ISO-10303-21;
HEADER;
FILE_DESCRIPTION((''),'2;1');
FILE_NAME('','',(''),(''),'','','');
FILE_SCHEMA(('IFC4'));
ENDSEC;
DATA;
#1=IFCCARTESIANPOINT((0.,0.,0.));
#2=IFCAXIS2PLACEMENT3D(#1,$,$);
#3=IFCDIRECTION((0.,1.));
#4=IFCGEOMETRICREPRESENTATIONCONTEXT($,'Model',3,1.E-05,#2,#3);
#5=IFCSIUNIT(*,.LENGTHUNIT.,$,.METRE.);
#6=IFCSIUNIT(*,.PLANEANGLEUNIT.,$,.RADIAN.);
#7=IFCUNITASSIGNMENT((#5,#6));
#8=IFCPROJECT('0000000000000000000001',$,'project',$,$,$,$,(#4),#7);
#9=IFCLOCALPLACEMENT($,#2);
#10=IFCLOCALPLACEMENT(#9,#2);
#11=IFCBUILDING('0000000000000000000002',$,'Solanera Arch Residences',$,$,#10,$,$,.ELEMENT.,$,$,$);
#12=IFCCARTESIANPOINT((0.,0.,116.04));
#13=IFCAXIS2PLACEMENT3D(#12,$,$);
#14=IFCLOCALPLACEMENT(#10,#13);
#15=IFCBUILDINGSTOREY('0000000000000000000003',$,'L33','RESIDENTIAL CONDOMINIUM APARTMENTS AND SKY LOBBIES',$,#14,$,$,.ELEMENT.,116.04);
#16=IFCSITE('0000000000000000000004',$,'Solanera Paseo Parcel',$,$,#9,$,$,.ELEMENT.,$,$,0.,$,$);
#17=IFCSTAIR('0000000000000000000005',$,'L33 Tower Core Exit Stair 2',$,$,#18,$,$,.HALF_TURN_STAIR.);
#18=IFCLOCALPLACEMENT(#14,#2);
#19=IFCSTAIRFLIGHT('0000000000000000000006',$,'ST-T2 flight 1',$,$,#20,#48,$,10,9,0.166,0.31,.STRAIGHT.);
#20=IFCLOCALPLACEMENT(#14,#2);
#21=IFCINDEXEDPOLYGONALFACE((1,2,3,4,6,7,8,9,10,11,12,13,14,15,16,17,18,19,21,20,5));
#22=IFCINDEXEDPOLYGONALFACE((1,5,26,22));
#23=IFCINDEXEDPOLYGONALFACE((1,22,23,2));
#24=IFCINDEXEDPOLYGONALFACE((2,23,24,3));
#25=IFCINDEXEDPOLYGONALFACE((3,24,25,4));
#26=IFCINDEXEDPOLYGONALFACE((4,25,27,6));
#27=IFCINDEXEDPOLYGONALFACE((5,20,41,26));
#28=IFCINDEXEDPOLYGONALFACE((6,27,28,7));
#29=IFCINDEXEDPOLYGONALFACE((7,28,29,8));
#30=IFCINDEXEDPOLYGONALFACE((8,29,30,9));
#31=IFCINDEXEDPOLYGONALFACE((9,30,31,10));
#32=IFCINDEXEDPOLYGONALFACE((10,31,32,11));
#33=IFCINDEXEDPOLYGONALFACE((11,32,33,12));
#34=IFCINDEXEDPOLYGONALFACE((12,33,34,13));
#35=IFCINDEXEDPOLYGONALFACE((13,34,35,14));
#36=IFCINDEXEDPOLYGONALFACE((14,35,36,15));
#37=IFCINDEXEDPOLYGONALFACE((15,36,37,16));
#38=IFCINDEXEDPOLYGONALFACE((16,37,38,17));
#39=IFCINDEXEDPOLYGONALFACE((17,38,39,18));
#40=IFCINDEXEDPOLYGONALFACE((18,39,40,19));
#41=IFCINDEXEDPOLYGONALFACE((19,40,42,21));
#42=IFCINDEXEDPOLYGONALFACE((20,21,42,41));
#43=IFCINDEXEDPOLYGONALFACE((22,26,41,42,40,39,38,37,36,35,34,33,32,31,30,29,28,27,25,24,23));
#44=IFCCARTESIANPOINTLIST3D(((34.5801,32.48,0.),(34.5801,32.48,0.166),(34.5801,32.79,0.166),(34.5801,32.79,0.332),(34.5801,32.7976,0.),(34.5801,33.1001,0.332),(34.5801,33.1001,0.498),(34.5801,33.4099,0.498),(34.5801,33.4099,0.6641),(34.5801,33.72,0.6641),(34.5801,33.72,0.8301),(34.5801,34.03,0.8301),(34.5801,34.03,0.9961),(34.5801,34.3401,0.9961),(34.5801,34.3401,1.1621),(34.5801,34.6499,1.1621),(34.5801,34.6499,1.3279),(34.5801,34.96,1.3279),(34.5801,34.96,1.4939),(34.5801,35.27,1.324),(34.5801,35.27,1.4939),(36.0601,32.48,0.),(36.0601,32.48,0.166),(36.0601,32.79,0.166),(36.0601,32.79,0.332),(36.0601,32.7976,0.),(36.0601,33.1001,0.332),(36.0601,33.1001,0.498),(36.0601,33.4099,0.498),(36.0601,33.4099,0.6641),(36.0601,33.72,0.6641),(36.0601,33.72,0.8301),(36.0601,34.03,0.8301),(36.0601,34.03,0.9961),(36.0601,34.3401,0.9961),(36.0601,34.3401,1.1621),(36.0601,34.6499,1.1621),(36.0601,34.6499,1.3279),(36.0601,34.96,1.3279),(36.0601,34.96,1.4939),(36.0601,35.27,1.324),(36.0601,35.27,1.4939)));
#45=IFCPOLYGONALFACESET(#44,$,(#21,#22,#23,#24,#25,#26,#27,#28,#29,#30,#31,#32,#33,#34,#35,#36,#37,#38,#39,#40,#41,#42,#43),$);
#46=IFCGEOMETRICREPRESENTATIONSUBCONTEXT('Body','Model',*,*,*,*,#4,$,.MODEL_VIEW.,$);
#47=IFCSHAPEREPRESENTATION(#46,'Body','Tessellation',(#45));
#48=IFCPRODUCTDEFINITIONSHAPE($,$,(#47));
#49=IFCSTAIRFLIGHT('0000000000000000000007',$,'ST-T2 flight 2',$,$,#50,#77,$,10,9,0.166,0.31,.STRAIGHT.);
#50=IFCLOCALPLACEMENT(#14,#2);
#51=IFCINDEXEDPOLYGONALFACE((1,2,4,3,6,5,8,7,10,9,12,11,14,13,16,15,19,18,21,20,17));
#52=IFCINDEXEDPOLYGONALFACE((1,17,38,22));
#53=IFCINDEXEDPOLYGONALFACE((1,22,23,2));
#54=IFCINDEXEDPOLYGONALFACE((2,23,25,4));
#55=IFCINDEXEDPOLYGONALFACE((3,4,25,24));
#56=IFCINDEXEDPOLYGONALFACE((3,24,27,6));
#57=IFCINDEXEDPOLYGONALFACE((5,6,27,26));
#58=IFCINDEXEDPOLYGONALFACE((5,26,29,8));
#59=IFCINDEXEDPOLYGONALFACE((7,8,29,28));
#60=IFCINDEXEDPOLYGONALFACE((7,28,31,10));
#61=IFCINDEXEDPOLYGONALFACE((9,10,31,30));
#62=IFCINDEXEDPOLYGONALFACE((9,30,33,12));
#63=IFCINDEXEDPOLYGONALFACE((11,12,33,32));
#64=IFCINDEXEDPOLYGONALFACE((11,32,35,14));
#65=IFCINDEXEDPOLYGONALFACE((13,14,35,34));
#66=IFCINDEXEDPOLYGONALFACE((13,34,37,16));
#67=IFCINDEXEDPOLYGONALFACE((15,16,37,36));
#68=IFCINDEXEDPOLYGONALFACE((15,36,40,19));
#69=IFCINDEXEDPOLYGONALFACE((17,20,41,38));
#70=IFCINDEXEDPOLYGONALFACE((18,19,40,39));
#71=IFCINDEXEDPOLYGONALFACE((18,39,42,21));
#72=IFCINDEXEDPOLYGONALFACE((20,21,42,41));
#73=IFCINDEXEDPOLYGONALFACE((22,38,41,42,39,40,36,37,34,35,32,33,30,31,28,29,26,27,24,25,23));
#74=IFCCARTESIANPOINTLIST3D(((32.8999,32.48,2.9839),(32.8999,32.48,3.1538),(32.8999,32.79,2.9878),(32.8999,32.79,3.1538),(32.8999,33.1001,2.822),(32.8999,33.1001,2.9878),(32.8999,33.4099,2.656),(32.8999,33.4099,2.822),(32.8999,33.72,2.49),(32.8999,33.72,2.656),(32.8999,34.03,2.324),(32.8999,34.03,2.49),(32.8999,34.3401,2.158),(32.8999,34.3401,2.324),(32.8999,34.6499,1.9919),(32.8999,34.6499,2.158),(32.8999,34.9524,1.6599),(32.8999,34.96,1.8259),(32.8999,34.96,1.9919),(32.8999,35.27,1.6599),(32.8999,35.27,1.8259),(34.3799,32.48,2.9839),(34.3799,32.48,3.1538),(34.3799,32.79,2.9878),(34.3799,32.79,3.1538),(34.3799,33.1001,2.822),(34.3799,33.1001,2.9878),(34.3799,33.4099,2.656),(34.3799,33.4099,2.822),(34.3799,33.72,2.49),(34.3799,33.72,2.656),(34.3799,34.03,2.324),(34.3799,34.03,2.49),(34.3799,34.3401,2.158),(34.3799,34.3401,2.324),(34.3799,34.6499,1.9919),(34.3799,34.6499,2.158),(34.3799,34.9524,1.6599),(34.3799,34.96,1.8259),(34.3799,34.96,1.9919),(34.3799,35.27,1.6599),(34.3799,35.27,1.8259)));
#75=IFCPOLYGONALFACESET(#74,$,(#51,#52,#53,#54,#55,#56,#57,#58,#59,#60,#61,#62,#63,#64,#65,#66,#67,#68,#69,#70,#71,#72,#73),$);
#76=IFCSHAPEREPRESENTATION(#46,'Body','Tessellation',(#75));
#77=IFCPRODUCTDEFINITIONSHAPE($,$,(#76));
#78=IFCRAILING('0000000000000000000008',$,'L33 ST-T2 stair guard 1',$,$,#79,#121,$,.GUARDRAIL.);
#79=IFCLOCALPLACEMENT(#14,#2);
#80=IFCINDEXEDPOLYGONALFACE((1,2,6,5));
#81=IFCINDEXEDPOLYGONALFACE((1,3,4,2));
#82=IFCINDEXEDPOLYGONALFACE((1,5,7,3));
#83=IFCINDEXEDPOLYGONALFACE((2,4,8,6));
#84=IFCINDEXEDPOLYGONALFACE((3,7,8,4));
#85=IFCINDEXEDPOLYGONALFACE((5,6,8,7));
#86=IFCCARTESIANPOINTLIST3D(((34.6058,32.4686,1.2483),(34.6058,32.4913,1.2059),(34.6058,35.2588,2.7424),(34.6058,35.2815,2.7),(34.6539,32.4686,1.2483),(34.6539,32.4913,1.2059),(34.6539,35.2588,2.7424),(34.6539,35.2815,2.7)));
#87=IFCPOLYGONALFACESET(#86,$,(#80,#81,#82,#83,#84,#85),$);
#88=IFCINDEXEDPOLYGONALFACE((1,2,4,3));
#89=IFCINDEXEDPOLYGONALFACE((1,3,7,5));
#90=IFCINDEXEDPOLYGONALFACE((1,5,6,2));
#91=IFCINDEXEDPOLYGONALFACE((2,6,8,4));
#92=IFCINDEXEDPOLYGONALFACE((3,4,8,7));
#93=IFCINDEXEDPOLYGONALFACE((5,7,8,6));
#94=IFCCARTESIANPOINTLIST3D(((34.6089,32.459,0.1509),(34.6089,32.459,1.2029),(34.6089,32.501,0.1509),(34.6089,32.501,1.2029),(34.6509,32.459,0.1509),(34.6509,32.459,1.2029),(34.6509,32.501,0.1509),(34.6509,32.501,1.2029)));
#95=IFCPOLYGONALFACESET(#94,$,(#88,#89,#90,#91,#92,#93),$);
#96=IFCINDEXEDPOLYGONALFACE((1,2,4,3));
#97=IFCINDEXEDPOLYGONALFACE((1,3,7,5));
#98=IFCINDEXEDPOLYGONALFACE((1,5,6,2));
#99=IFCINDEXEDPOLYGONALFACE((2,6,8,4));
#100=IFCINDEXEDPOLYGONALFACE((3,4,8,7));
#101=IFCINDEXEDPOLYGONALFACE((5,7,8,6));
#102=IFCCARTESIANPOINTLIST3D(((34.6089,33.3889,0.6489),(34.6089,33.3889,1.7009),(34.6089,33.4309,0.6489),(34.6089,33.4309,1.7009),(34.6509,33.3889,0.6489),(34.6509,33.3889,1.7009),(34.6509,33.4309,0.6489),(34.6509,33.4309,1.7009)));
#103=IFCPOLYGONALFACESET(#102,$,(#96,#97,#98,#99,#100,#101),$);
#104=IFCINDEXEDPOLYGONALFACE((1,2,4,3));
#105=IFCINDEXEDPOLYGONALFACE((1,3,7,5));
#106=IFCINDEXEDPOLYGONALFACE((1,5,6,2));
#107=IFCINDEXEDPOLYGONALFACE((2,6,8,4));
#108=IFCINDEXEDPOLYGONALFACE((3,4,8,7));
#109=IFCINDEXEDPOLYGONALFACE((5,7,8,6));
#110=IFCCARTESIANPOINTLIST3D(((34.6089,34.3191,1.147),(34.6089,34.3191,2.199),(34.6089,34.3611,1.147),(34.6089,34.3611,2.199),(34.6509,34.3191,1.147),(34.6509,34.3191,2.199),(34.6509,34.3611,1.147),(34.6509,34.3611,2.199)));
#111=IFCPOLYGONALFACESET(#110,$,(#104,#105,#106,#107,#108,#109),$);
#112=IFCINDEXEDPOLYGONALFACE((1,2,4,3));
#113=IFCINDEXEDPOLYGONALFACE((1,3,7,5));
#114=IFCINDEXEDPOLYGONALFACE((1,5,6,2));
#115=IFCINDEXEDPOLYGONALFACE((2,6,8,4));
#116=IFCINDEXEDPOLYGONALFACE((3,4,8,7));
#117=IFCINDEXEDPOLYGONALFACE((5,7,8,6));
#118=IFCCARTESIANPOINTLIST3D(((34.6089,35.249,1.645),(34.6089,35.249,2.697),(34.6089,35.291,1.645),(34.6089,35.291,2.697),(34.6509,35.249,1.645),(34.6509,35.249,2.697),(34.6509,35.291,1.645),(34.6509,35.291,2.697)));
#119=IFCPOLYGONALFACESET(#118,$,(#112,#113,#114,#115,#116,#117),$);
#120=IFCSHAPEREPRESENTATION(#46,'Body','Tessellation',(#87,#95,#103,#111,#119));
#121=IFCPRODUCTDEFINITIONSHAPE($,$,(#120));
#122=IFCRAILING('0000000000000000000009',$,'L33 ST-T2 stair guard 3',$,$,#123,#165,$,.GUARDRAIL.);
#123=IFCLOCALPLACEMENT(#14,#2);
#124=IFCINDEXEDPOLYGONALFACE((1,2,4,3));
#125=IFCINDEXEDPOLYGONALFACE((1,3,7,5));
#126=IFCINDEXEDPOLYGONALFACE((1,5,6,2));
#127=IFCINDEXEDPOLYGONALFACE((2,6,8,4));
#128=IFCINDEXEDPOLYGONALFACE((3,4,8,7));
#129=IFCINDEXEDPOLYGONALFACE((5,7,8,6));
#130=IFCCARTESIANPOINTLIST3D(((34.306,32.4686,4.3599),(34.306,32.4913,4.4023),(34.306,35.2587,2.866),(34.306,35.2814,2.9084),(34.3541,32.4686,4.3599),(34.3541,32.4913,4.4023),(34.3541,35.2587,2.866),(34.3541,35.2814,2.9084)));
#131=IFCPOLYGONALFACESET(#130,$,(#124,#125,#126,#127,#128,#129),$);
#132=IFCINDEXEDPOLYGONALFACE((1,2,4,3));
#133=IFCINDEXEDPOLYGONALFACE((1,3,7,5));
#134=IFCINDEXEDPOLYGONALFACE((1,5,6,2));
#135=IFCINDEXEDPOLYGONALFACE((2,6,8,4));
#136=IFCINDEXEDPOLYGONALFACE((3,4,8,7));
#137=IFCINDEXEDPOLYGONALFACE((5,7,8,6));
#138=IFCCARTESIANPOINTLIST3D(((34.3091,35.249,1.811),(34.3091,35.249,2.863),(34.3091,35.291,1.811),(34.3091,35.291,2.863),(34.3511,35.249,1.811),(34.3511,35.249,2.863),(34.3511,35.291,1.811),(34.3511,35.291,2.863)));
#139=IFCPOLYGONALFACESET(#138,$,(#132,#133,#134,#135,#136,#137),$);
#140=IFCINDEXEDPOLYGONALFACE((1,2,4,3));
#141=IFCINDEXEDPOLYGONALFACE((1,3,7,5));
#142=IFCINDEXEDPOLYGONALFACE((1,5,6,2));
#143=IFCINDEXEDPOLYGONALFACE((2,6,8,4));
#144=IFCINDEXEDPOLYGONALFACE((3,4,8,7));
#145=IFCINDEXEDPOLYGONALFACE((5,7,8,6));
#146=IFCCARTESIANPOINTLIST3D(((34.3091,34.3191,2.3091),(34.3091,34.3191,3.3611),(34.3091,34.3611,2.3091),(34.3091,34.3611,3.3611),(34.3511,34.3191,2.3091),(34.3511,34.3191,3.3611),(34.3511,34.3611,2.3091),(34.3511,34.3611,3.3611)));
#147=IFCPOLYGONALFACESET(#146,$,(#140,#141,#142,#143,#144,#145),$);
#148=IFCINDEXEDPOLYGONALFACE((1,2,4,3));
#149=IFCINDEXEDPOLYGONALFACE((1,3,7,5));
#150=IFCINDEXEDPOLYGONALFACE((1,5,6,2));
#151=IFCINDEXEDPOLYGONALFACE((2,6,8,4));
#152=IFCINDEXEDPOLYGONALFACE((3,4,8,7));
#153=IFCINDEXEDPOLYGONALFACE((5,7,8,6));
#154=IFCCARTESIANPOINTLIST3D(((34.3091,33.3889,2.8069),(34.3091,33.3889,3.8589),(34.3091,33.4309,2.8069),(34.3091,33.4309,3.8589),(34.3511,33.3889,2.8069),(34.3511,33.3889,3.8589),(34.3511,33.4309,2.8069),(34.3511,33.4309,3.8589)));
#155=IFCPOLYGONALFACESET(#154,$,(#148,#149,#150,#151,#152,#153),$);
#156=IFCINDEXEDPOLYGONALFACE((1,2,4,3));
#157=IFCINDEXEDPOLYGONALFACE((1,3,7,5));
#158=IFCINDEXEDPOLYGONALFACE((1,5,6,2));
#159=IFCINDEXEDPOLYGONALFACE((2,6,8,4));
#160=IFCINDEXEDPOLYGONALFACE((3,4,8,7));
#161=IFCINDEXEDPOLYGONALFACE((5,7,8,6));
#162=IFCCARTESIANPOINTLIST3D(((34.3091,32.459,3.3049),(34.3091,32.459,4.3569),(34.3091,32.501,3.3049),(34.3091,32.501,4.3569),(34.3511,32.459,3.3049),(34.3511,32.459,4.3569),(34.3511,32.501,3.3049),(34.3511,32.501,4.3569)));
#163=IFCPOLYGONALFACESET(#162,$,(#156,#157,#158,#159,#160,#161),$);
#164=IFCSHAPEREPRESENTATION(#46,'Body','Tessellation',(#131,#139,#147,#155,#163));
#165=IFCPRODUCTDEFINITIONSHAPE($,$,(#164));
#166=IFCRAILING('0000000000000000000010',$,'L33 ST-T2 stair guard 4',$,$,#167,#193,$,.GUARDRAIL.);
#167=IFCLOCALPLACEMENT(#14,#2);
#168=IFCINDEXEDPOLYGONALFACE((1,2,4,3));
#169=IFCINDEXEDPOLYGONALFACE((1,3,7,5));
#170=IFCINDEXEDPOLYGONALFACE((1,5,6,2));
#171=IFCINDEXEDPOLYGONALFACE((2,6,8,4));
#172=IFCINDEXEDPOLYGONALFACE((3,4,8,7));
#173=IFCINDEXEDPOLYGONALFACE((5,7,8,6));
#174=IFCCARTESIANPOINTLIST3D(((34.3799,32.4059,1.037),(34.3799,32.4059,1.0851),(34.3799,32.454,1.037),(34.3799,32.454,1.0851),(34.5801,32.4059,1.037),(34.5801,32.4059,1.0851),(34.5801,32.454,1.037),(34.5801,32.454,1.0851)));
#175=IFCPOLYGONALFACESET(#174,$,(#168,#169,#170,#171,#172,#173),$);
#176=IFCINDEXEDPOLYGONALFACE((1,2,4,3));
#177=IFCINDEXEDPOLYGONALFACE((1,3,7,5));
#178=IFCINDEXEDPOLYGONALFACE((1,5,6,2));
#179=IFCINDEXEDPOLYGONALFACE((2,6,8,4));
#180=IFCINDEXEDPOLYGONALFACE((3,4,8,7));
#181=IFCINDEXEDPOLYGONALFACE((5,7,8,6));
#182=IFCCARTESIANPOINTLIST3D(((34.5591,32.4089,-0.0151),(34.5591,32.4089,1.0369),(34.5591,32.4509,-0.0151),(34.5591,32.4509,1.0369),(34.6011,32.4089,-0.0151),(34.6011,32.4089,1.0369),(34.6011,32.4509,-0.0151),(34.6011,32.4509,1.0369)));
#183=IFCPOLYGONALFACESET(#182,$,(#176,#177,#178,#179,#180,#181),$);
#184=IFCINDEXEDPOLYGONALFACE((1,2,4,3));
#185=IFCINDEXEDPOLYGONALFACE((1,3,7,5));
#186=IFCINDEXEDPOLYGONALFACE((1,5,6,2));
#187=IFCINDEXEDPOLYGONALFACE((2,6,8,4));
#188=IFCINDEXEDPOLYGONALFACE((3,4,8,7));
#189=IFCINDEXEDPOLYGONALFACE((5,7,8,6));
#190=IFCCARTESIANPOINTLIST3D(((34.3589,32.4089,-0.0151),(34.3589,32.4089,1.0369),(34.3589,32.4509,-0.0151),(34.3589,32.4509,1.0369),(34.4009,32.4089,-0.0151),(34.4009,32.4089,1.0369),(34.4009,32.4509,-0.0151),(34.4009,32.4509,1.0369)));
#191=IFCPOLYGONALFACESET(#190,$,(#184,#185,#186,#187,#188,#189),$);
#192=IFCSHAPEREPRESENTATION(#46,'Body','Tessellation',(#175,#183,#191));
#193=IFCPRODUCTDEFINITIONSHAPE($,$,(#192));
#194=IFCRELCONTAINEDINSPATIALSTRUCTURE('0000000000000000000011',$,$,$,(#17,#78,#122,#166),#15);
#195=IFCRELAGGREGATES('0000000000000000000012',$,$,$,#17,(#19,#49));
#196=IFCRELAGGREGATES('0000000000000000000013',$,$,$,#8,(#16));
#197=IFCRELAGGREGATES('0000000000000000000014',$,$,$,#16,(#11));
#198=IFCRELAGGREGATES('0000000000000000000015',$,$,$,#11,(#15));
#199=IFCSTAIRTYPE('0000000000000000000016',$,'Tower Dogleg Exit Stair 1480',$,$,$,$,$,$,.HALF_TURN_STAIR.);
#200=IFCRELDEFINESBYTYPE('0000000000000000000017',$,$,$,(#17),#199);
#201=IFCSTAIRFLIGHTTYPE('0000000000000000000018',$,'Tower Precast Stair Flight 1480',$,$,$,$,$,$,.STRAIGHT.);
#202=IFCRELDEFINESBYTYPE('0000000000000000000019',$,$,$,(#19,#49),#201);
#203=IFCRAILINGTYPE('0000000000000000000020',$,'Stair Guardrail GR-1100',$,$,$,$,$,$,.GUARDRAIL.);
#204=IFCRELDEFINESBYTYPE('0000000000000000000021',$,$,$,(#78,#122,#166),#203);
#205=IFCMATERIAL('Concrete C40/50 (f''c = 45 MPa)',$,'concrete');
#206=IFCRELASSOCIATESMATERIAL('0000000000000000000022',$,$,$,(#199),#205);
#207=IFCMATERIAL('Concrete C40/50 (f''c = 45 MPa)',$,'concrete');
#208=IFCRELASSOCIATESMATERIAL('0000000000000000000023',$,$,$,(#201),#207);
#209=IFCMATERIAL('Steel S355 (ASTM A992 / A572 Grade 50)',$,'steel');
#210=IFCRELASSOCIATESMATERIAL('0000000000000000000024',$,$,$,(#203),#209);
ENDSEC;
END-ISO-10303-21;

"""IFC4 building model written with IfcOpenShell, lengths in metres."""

from ifc_helpers import new_model, si_unit, direction, frame, origin, origin_2d, place, context, subcontext, project, spatial, polyline, rectangle, outline, extrude, material, type_object, element, aggregate, save


model = new_model("IFC4")

# Units and contexts
model_context = context("Model", 3, precision=1e-05, world=origin(), true_north=direction((0.0, 1.0)))
body_context = subcontext(model_context, "Body", "Model", "MODEL_VIEW")
ifc_project = project(units=[si_unit("LENGTHUNIT", "METRE"), si_unit("PLANEANGLEUNIT", "RADIAN")], contexts=[model_context])

# Site, building, storey
site_placement = place(None, origin())
site = spatial("IfcSite", under=ifc_project, at=site_placement, Name="Solanera Paseo Parcel", CompositionType="ELEMENT", RefElevation=0.0)
building_placement = place(site_placement, origin())
building = spatial("IfcBuilding", under=site, at=building_placement, Name="Solanera Arch Residences", CompositionType="ELEMENT")
storey_placement = place(building_placement, frame((0.0, 0.0, 116.04)))
storey = spatial("IfcBuildingStorey", under=building, at=storey_placement, Name="L33", Description="RESIDENTIAL CONDOMINIUM APARTMENTS AND SKY LOBBIES", CompositionType="ELEMENT", Elevation=116.04)

# Stair, stair flights
ifc_material_1 = material(Name="Concrete C40/50 (f'c = 45 MPa)", Category="concrete")
stair_type = type_object("IfcStairType", Name="Tower Dogleg Exit Stair 1480", PredefinedType="HALF_TURN_STAIR", material=ifc_material_1)
stair_placement = place(storey_placement, origin())
stair = element("IfcStair", 1, at=stair_placement, inside=storey, type_object=stair_type, Name="L33 Tower Core Exit Stair 2", PredefinedType="HALF_TURN_STAIR")
ifc_material_2 = material(Name="Concrete C40/50 (f'c = 45 MPa)", Category="concrete")
stair_flight_type = type_object("IfcStairFlightType", Name="Tower Precast Stair Flight 1480", PredefinedType="STRAIGHT", material=ifc_material_2)
stair_flight_1_placement = place(storey_placement, frame((35.3201, 32.48, 0.0), z_axis=(0.0, 0.0, 1.0), x_axis=(0.0, 1.0, 0.0)))
stair_flight_1 = element("IfcStairFlight", 2, at=stair_flight_1_placement, type_object=stair_flight_type, Name="ST-T2 flight 1", NumberOfRisers=10, NumberOfTreads=9, PredefinedType="STRAIGHT", RiserHeight=0.166, TreadLength=0.31, context=body_context, shape_type="SweptSolid", body=[
    extrude(outline(polyline([(0.0, 0.0), (0.0, 0.166), (0.3101, 0.166), (0.3101, 0.332), (0.6201, 0.332), (0.6201, 0.498), (0.9299, 0.498), (0.9299, 0.6641), (1.24, 0.6641), (1.24, 0.8301), (1.55, 0.8301), (1.55, 0.9961), (1.8601, 0.9961), (1.8601, 1.1621), (2.1699, 1.1621), (2.1699, 1.3279), (2.48, 1.3279), (2.48, 1.4939), (2.79, 1.4939), (2.79, 1.6599), (2.79, 1.324), (0.3176, 0.0), (0.0, 0.0)])), frame((0.0, 0.74, 0.0), z_axis=(0.0, -1.0, 0.0), x_axis=(1.0, 0.0, 0.0)), (0.0, 0.0, 1.0), 1.48),
])
stair_flight_2_placement = place(storey_placement, frame((33.6399, 35.27, 1.6599), z_axis=(0.0, 0.0, 1.0), x_axis=(0.0, -1.0, 0.0)))
stair_flight_2 = element("IfcStairFlight", 3, at=stair_flight_2_placement, type_object=stair_flight_type, Name="ST-T2 flight 2", NumberOfRisers=10, NumberOfTreads=9, PredefinedType="STRAIGHT", RiserHeight=0.166, TreadLength=0.31, context=body_context, shape_type="SweptSolid", body=[
    extrude(outline(polyline([(0.0, 0.0), (0.0, 0.166), (0.3101, 0.166), (0.3101, 0.332), (0.6201, 0.332), (0.6201, 0.498), (0.9299, 0.498), (0.9299, 0.6641), (1.24, 0.6641), (1.24, 0.8301), (1.55, 0.8301), (1.55, 0.9961), (1.8601, 0.9961), (1.8601, 1.1621), (2.1699, 1.1621), (2.1699, 1.3279), (2.48, 1.3279), (2.48, 1.4939), (2.79, 1.4939), (2.79, 1.6599), (2.79, 1.324), (0.3176, 0.0), (0.0, 0.0)])), frame((0.0, 0.74, 0.0), z_axis=(0.0, -1.0, 0.0), x_axis=(1.0, 0.0, 0.0)), (0.0, 0.0, 1.0), 1.48),
])
aggregate(stair, [stair_flight_1, stair_flight_2])

# Railings
ifc_material_3 = material(Name="Steel S355 (ASTM A992 / A572 Grade 50)", Category="steel")
railing_type_1 = type_object("IfcRailingType", Name="Stair Guardrail GR-1100", PredefinedType="GUARDRAIL", material=ifc_material_3)
railing_1_placement = place(storey_placement, frame((34.6299, 32.48, 0.1509)))
element("IfcRailing", 4, at=railing_1_placement, inside=storey, type_object=railing_type_1, Name="L33 ST-T2 stair guard 1", PredefinedType="GUARDRAIL", context=body_context, shape_type="SweptSolid", body=[
    extrude(rectangle(XDim=0.0481, YDim=0.0481, at=origin_2d()), frame((0.0, 0.0, 1.0762), z_axis=(0.0, 0.881549, 0.472093), x_axis=(-1.0, 0.0, 0.0)), (0.0, 0.0, 1.0), 3.165),
    extrude(rectangle(XDim=0.042, YDim=0.042, at=origin_2d()), origin(), (0.0, 0.0, 1.0), 1.052),
    extrude(rectangle(XDim=0.042, YDim=0.042, at=origin_2d()), frame((0.0, 0.9299, 0.498)), (0.0, 0.0, 1.0), 1.052),
    extrude(rectangle(XDim=0.042, YDim=0.042, at=origin_2d()), frame((0.0, 1.8601, 0.9961)), (0.0, 0.0, 1.0), 1.052),
    extrude(rectangle(XDim=0.042, YDim=0.042, at=origin_2d()), frame((0.0, 2.79, 1.4941)), (0.0, 0.0, 1.0), 1.052),
])
railing_2_placement = place(storey_placement, frame((34.3301, 35.27, 1.811)))
element("IfcRailing", 5, at=railing_2_placement, inside=storey, type_object=railing_type_1, Name="L33 ST-T2 stair guard 3", PredefinedType="GUARDRAIL", context=body_context, shape_type="SweptSolid", body=[
    extrude(rectangle(XDim=0.0481, YDim=0.0481, at=origin_2d()), frame((0.0, 0.0, 1.0762), z_axis=(0.0, -0.881581, 0.472033), x_axis=(1.0, 0.0, 0.0)), (0.0, 0.0, 1.0), 3.1648),
    extrude(rectangle(XDim=0.042, YDim=0.042, at=origin_2d()), origin(), (0.0, 0.0, 1.0), 1.052),
    extrude(rectangle(XDim=0.042, YDim=0.042, at=origin_2d()), frame((0.0, -0.9299, 0.498)), (0.0, 0.0, 1.0), 1.052),
    extrude(rectangle(XDim=0.042, YDim=0.042, at=origin_2d()), frame((0.0, -1.8601, 0.9958)), (0.0, 0.0, 1.0), 1.052),
    extrude(rectangle(XDim=0.042, YDim=0.042, at=origin_2d()), frame((0.0, -2.79, 1.4939)), (0.0, 0.0, 1.0), 1.052),
])
railing_3_placement = place(storey_placement, frame((34.5801, 32.4299, -0.0151)))
element("IfcRailing", 6, at=railing_3_placement, inside=storey, type_object=railing_type_1, Name="L33 ST-T2 stair guard 4", PredefinedType="GUARDRAIL", context=body_context, shape_type="SweptSolid", body=[
    extrude(rectangle(XDim=0.0481, YDim=0.0481, at=origin_2d()), frame((0.0, 0.0, 1.0762), z_axis=(-1.0, 0.0, 0.0), x_axis=(0.0, -1.0, 0.0)), (0.0, 0.0, 1.0), 0.2002),
    extrude(rectangle(XDim=0.042, YDim=0.042, at=origin_2d()), origin(), (0.0, 0.0, 1.0), 1.052),
    extrude(rectangle(XDim=0.042, YDim=0.042, at=origin_2d()), frame((-0.2002, 0.0, 0.0)), (0.0, 0.0, 1.0), 1.052),
])

save(model, "model.ifc")
